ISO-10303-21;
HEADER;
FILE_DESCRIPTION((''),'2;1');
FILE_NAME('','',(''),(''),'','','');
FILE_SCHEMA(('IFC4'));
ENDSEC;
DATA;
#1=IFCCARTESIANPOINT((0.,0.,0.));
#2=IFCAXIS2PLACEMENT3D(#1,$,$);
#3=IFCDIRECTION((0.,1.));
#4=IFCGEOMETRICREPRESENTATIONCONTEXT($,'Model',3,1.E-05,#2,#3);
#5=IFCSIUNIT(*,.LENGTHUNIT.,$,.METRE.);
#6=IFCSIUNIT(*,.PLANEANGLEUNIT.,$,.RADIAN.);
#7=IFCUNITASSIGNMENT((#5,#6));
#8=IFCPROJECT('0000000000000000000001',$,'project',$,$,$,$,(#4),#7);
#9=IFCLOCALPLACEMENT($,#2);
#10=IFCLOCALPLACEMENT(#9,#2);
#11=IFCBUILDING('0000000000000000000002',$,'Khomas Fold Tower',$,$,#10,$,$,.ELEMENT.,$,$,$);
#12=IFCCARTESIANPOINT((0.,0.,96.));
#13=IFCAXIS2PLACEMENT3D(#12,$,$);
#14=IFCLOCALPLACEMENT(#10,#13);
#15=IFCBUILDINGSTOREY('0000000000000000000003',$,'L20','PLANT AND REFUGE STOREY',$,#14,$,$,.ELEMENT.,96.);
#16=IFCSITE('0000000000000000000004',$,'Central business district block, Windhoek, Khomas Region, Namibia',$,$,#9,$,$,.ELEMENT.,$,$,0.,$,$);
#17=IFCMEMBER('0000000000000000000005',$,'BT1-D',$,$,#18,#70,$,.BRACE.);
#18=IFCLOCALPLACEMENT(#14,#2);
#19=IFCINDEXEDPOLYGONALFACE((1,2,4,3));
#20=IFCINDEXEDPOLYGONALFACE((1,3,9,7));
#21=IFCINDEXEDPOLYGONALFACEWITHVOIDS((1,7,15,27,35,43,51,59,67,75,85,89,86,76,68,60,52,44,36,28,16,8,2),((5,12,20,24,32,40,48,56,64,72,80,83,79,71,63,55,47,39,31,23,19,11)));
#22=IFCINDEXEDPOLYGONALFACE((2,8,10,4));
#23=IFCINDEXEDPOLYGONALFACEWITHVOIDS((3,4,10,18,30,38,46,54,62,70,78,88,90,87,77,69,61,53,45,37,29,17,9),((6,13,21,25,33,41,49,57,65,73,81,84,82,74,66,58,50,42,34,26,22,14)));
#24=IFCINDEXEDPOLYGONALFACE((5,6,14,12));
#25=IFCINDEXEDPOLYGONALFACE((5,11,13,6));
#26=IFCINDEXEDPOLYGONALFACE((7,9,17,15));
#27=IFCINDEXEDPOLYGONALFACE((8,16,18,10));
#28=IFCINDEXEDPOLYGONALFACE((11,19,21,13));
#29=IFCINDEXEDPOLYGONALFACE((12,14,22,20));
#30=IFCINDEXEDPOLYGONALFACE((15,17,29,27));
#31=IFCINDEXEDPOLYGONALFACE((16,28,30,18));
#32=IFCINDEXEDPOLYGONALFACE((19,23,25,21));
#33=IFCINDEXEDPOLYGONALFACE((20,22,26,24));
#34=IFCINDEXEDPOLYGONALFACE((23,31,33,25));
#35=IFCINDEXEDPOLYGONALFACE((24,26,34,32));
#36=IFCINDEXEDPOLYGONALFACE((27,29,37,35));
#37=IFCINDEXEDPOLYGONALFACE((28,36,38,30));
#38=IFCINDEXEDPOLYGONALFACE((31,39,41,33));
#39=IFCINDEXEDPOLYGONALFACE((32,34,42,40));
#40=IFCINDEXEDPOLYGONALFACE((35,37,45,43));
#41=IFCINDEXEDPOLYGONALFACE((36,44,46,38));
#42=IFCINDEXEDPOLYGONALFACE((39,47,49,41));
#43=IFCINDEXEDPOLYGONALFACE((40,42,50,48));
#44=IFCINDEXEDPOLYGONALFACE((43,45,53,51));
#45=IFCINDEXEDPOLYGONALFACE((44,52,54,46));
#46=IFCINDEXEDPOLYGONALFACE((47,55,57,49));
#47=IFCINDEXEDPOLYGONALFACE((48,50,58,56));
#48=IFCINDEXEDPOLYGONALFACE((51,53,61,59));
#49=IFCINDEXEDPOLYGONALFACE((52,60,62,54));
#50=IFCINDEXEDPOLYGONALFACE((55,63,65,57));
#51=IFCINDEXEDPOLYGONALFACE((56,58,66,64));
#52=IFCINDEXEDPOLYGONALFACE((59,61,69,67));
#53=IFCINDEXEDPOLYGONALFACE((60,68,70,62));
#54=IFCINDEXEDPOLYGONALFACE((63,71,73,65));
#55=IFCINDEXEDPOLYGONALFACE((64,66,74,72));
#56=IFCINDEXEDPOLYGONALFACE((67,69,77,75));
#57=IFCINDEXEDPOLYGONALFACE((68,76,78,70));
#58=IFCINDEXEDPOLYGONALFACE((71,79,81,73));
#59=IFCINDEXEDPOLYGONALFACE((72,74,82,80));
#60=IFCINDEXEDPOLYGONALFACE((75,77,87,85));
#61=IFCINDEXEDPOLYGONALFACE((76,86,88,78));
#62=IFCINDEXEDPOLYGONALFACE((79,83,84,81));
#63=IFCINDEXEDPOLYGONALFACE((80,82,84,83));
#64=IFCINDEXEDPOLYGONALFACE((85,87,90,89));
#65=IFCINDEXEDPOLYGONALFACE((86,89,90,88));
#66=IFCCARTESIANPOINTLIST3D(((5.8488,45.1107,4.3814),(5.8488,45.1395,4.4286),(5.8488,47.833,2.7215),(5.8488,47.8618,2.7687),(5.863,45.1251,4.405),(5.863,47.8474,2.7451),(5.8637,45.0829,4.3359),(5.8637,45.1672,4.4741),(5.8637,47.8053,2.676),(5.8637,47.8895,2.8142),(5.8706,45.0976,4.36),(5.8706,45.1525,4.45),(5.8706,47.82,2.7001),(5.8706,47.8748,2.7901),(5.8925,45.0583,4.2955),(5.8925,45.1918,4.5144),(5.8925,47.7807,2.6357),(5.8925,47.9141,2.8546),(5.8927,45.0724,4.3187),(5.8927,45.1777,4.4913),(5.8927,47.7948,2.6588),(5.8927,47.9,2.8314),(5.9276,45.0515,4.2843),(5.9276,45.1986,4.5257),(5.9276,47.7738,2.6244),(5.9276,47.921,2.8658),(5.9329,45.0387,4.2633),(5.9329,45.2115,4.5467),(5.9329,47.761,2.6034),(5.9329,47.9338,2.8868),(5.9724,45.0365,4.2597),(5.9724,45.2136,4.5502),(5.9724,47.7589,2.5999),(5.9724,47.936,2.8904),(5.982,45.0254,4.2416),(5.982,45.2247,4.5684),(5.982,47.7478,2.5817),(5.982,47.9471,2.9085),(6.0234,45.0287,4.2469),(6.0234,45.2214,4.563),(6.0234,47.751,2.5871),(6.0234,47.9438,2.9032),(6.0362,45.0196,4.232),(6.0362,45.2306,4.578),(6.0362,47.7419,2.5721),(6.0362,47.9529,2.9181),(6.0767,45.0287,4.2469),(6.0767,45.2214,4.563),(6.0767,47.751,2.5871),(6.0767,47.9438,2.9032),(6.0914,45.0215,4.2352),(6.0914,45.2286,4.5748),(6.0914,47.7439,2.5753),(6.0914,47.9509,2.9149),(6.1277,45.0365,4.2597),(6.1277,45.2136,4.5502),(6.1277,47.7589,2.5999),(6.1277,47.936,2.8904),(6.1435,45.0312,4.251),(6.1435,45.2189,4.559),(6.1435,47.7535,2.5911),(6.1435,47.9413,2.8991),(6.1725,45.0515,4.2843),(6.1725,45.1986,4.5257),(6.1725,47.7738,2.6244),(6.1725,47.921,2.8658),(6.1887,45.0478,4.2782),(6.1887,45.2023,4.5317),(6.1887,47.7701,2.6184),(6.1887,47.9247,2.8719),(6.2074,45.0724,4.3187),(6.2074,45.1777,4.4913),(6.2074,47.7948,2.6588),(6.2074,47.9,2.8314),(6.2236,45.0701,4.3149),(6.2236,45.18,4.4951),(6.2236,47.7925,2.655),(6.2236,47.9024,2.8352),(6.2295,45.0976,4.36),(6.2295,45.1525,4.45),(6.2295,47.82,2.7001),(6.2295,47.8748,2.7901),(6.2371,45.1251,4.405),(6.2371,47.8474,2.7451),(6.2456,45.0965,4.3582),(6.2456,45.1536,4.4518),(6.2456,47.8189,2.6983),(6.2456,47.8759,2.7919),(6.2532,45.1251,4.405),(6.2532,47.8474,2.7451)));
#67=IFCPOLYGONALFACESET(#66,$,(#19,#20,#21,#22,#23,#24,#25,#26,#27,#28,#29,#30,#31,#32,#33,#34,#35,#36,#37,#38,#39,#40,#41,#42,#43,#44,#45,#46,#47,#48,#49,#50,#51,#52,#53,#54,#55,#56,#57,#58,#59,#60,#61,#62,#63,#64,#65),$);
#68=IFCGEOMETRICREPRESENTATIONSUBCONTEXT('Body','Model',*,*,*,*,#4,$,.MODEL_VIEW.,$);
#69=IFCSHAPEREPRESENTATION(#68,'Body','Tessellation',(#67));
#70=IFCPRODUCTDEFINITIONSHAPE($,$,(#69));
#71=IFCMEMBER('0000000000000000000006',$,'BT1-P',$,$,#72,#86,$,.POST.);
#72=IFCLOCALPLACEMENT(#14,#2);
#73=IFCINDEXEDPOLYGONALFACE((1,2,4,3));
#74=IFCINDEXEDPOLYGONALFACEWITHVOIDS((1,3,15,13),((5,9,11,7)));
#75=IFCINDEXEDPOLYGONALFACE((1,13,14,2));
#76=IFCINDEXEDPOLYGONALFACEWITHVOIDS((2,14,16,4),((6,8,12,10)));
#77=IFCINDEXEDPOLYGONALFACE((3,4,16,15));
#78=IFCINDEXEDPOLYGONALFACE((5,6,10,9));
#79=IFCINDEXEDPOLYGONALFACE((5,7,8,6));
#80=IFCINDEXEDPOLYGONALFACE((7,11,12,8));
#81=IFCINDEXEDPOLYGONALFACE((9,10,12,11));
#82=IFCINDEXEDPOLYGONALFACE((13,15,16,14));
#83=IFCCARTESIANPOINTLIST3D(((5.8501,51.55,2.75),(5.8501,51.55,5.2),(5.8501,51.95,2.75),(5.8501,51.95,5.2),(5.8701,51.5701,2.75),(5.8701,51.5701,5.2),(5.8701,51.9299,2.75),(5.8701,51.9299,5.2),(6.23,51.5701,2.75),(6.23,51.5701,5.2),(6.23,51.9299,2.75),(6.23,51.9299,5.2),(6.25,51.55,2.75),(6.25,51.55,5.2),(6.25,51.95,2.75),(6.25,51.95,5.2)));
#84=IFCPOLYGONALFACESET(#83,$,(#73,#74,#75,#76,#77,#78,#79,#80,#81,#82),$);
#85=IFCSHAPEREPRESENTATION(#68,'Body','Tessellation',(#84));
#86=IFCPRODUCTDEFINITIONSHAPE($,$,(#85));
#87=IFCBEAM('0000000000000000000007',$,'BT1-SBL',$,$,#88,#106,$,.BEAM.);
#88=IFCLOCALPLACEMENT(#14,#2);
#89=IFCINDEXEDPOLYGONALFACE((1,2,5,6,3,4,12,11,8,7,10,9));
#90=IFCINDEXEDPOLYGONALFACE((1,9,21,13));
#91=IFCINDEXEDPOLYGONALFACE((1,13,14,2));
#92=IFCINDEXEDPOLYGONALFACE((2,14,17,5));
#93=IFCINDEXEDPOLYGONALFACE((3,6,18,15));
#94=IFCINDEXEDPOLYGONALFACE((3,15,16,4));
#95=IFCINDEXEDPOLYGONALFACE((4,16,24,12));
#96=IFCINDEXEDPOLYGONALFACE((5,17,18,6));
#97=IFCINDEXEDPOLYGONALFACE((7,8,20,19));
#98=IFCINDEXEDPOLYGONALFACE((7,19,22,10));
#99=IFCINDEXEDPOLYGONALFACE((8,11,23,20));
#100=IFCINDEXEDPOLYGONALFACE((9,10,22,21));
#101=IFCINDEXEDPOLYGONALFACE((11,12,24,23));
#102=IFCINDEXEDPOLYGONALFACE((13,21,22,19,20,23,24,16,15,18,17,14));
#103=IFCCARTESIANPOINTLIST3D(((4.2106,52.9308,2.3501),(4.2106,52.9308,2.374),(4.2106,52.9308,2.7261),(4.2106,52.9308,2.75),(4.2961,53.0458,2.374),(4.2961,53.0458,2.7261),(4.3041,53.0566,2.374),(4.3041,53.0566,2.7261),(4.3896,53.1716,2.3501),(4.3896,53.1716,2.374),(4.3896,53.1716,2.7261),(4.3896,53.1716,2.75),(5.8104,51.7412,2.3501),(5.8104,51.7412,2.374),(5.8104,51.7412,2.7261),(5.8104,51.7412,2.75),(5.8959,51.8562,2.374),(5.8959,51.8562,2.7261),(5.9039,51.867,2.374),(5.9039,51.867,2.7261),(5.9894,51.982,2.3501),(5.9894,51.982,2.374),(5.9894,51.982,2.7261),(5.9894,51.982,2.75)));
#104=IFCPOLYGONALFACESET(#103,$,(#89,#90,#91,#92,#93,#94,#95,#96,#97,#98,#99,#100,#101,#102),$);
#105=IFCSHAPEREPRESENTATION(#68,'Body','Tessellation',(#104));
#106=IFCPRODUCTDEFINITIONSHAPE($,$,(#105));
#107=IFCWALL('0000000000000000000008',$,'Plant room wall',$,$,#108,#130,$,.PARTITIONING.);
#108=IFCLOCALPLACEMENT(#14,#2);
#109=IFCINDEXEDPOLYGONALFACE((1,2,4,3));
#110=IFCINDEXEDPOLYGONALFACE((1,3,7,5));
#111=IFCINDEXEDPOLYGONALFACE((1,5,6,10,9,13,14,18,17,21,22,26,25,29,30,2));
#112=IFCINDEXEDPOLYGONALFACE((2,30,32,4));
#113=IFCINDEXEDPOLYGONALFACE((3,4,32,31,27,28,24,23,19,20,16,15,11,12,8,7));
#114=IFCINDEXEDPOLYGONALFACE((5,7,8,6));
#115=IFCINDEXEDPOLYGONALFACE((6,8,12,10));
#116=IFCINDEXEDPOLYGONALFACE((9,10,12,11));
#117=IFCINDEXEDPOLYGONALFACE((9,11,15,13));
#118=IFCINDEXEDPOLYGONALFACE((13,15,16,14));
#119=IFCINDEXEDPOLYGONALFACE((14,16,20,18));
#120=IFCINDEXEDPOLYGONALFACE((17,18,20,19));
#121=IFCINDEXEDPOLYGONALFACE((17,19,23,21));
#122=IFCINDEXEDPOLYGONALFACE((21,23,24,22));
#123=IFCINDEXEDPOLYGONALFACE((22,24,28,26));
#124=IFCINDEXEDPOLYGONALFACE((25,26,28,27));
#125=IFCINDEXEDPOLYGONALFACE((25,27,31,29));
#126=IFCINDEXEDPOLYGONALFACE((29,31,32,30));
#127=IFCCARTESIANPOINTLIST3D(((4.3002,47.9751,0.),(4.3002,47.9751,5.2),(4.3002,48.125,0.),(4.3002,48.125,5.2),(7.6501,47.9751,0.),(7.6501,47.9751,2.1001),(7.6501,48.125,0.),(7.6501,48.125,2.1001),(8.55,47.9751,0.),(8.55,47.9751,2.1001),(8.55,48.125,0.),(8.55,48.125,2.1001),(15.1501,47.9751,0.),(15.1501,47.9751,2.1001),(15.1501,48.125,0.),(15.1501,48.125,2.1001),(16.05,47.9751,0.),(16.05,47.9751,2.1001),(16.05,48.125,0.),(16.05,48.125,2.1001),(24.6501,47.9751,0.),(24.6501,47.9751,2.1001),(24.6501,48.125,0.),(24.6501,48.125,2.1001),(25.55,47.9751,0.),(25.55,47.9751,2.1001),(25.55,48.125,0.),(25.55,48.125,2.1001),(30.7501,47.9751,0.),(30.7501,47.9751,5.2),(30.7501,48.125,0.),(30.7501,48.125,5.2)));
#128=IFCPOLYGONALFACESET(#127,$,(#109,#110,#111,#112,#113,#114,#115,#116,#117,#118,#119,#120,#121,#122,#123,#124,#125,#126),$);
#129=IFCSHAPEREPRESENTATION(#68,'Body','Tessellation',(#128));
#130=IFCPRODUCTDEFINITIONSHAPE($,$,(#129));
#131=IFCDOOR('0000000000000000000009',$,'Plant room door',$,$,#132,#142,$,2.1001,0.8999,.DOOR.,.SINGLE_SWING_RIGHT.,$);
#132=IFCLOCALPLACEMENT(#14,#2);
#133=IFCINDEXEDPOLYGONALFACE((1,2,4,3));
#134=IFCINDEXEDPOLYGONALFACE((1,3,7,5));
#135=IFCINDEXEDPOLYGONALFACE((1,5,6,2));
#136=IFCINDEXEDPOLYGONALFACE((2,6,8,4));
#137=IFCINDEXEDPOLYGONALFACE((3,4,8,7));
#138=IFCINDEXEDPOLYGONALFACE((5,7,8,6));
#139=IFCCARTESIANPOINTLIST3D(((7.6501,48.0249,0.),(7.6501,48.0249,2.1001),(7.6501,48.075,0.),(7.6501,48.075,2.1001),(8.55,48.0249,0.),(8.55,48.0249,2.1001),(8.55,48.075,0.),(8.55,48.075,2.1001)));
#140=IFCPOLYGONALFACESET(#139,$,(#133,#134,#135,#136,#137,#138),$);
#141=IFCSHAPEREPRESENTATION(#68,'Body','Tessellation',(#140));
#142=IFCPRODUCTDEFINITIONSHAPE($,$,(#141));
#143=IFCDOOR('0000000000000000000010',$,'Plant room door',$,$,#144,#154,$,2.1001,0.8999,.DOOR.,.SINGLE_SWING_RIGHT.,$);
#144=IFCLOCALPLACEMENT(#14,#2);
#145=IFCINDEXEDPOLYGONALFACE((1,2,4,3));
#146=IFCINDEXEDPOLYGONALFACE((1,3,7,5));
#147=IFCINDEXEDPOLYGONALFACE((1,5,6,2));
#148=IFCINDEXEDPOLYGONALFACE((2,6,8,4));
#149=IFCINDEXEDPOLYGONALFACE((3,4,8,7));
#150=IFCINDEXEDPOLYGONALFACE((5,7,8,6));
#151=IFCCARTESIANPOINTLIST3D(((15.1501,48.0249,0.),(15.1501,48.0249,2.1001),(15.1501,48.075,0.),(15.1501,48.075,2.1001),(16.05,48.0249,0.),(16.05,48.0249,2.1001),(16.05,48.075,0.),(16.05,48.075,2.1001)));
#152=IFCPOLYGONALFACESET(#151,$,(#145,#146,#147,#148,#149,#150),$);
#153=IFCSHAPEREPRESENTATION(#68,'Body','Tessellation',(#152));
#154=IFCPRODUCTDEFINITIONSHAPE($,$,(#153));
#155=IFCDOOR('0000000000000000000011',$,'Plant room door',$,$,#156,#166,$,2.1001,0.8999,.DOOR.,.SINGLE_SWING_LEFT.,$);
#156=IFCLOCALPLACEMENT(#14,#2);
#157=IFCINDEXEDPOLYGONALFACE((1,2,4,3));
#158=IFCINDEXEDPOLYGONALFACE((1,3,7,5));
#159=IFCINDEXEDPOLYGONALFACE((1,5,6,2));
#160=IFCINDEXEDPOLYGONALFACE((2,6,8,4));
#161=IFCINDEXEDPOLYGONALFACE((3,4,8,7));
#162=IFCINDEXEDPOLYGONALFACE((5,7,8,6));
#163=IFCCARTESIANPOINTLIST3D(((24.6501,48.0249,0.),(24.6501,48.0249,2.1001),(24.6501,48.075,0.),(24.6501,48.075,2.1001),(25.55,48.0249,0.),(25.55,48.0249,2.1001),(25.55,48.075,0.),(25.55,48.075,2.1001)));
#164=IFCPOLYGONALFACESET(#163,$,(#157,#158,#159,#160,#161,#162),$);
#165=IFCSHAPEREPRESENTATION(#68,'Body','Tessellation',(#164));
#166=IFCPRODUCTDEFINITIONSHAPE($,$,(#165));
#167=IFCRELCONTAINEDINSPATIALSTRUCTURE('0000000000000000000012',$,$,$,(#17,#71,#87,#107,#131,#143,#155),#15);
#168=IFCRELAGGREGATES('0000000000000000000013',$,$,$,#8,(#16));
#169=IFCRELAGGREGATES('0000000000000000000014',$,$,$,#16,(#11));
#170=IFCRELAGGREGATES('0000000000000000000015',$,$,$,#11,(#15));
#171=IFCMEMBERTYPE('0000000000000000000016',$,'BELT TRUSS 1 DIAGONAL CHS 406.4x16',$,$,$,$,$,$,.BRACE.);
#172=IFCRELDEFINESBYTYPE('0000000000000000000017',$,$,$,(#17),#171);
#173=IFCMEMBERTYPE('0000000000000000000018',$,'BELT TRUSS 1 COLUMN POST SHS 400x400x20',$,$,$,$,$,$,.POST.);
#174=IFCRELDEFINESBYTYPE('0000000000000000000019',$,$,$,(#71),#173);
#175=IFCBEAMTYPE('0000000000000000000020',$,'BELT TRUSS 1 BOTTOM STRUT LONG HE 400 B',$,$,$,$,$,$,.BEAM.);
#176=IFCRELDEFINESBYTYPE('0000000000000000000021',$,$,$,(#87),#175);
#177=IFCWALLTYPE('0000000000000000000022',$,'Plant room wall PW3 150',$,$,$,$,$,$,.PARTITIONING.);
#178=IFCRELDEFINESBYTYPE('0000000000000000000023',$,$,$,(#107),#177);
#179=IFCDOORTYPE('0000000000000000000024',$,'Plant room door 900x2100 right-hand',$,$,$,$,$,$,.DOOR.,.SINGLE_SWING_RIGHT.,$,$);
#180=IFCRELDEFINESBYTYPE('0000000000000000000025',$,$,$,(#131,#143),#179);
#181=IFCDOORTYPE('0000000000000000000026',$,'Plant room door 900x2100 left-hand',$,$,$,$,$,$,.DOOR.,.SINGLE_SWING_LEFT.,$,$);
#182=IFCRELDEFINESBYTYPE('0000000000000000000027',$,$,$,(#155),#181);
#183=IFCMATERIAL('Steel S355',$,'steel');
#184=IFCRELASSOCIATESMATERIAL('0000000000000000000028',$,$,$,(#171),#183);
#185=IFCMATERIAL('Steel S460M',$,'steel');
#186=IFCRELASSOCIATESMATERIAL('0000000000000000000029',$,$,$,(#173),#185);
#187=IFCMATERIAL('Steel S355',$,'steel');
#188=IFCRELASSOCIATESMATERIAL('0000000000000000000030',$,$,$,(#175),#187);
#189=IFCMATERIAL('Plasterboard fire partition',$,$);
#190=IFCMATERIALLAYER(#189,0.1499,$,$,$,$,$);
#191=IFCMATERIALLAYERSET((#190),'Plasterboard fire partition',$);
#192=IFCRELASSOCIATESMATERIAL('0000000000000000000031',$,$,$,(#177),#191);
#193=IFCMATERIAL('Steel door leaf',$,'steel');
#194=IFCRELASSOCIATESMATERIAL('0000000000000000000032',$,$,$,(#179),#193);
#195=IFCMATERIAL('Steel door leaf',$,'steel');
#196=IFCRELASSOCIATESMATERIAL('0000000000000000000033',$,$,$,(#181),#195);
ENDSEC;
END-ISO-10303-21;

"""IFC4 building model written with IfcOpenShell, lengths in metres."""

from ifc_helpers import new_model, si_unit, direction, frame, frame_2d, origin, origin_2d, place, context, subcontext, project, spatial, rectangle, hollow_rectangle, hollow_circle, i_section, extrude, source, transform, mapped, material, layer, layer_set, material_profile, profile_set, type_object, element, fill, save


model = new_model("IFC4")

# Units and contexts
model_context = context("Model", 3, precision=1e-05, world=origin(), true_north=direction((0.0, 1.0)))
body_context = subcontext(model_context, "Body", "Model", "MODEL_VIEW")
ifc_project = project(units=[si_unit("LENGTHUNIT", "METRE"), si_unit("PLANEANGLEUNIT", "RADIAN")], contexts=[model_context])

# Site, building, storey
site_placement = place(None, origin())
site = spatial("IfcSite", under=ifc_project, at=site_placement, Name="Central business district block, Windhoek, Khomas Region, Namibia", CompositionType="ELEMENT", RefElevation=0.0)
building_placement = place(site_placement, origin())
building = spatial("IfcBuilding", under=site, at=building_placement, Name="Khomas Fold Tower", CompositionType="ELEMENT")
storey_placement = place(building_placement, frame((0.0, 0.0, 96.0)))
storey = spatial("IfcBuildingStorey", under=building, at=storey_placement, Name="L20", Description="PLANT AND REFUGE STOREY", CompositionType="ELEMENT", Elevation=96.0)

# Members
ifc_material_1 = material(Name="Steel S355", Category="steel")
ifc_material_profile_1 = material_profile(ifc_material_1, hollow_circle(Radius=0.2031, WallThickness=0.0161, at=origin_2d()), Name="CHS 406.4x16")
ifc_profile_set_1 = profile_set([ifc_material_profile_1], Name="Steel S355")
member_type_1 = type_object("IfcMemberType", Name="BELT TRUSS 1 DIAGONAL CHS 406.4x16", PredefinedType="BRACE", material=ifc_profile_set_1)
shared_shape_1 = source(origin(), body_context, "Body", "SweptSolid", [
    extrude(hollow_circle(Radius=0.2031, WallThickness=0.0161, at=origin_2d()), origin(), (0.0, 0.0, 1.0), 3.1885),
])
member_1_placement = place(storey_placement, frame((6.05, 47.8474, 2.7451), z_axis=(0.0, -0.853809, 0.520586), x_axis=(1.0, 0.0, 0.0)))
element("IfcMember", 1, at=member_1_placement, inside=storey, type_object=member_type_1, Name="BT1-D", PredefinedType="BRACE", context=body_context, shape_type="MappedRepresentation", body=[
    mapped(shared_shape_1, transform((0.0, 0.0, 0.0))),
])
ifc_material_2 = material(Name="Steel S460M", Category="steel")
ifc_material_profile_2 = material_profile(ifc_material_2, hollow_rectangle(XDim=0.3999, YDim=0.3999, WallThickness=0.02, at=origin_2d()), Name="SHS 400x400x20")
ifc_profile_set_2 = profile_set([ifc_material_profile_2], Name="Steel S460M")
member_type_2 = type_object("IfcMemberType", Name="BELT TRUSS 1 COLUMN POST SHS 400x400x20", PredefinedType="POST", material=ifc_profile_set_2)
shared_shape_2 = source(origin(), body_context, "Body", "SweptSolid", [
    extrude(hollow_rectangle(XDim=0.3999, YDim=0.3999, WallThickness=0.02, at=origin_2d()), origin(), (0.0, 0.0, 1.0), 2.45),
])
member_2_placement = place(storey_placement, frame((6.05, 51.75, 2.75), z_axis=(0.0, 0.0, 1.0), x_axis=(1.0, 0.0, 0.0)))
element("IfcMember", 2, at=member_2_placement, inside=storey, type_object=member_type_2, Name="BT1-P", PredefinedType="POST", context=body_context, shape_type="MappedRepresentation", body=[
    mapped(shared_shape_2, transform((0.0, 0.0, 0.0))),
])

# Beam
ifc_material_3 = material(Name="Steel S355", Category="steel")
ifc_material_profile_3 = material_profile(ifc_material_3, i_section(OverallWidth=0.3, OverallDepth=0.3999, WebThickness=0.0134, FlangeThickness=0.0239, at=origin_2d()), Name="HE 400 B")
ifc_profile_set_3 = profile_set([ifc_material_profile_3], Name="Steel S355")
beam_type_1 = type_object("IfcBeamType", Name="BELT TRUSS 1 BOTTOM STRUT LONG HE 400 B", PredefinedType="BEAM", material=ifc_profile_set_3)
shared_shape_3 = source(origin(), body_context, "Body", "SweptSolid", [
    extrude(i_section(OverallWidth=0.3, OverallDepth=0.3999, WebThickness=0.0134, FlangeThickness=0.0239, at=origin_2d()), origin(), (0.0, 0.0, 1.0), 1.9937),
])
beam_1_placement = place(storey_placement, frame((5.8999, 51.8616, 2.55), z_axis=(-0.802447, 0.596723, 0.0), x_axis=(-0.596723, -0.802447, 0.0)))
element("IfcBeam", 3, at=beam_1_placement, inside=storey, type_object=beam_type_1, Name="BT1-SBL", PredefinedType="BEAM", context=body_context, shape_type="MappedRepresentation", body=[
    mapped(shared_shape_3, transform((0.0, 0.0, 0.0))),
])

# Wall, openings, doors
ifc_material_4 = material(Name="Plasterboard fire partition")
ifc_layer_1 = layer(ifc_material_4, 0.1499)
ifc_layer_set_1 = layer_set([ifc_layer_1], Name="Plasterboard fire partition")
wall_type = type_object("IfcWallType", Name="Plant room wall PW3 150", PredefinedType="PARTITIONING", material=ifc_layer_set_1)
shared_shape_4 = source(origin(), body_context, "Body", "SweptSolid", [
    extrude(rectangle(XDim=26.45, YDim=0.1499, at=frame_2d((13.2251, 0.0))), origin(), (0.0, 0.0, 1.0), 5.2),
])
wall_placement = place(storey_placement, frame((4.3, 48.05, 0.0), z_axis=(0.0, 0.0, 1.0), x_axis=(1.0, 0.0, 0.0)))
wall = element("IfcWall", 4, at=wall_placement, inside=storey, type_object=wall_type, Name="Plant room wall", PredefinedType="PARTITIONING", context=body_context, shape_type="MappedRepresentation", body=[
    mapped(shared_shape_4, transform((0.0, 0.0, 0.0))),
])
shared_shape_5 = source(origin(), body_context, "Body", "SweptSolid", [
    extrude(rectangle(XDim=0.8999, YDim=2.1001, at=frame_2d((0.45, 1.05))), frame((0.0, 0.085, 0.0), z_axis=(0.0, -1.0, 0.0), x_axis=(1.0, 0.0, 0.0)), (0.0, 0.0, 1.0), 0.1699),
])
opening_1_placement = place(wall_placement, frame((3.3501, 0.0, 0.0)))
opening_1 = element("IfcOpeningElement", 5, at=opening_1_placement, cuts=wall, PredefinedType="OPENING", context=body_context, shape_type="MappedRepresentation", body=[
    mapped(shared_shape_5, transform((0.0, 0.0, 0.0))),
])
opening_2_placement = place(wall_placement, frame((10.8501, 0.0, 0.0)))
opening_2 = element("IfcOpeningElement", 6, at=opening_2_placement, cuts=wall, PredefinedType="OPENING", context=body_context, shape_type="MappedRepresentation", body=[
    mapped(shared_shape_5, transform((0.0, 0.0, 0.0))),
])
opening_3_placement = place(wall_placement, frame((20.3501, 0.0, 0.0)))
opening_3 = element("IfcOpeningElement", 7, at=opening_3_placement, cuts=wall, PredefinedType="OPENING", context=body_context, shape_type="MappedRepresentation", body=[
    mapped(shared_shape_5, transform((0.0, 0.0, 0.0))),
])
ifc_material_5 = material(Name="Steel door leaf", Category="steel")
door_type_1 = type_object("IfcDoorType", Name="Plant room door 900x2100 right-hand", OperationType="SINGLE_SWING_RIGHT", PredefinedType="DOOR", material=ifc_material_5)
shared_shape_6 = source(origin(), body_context, "Body", "SweptSolid", [
    extrude(rectangle(XDim=0.8999, YDim=2.1001, at=frame_2d((0.45, 1.05))), frame((0.0, 0.0249, 0.0), z_axis=(0.0, -1.0, 0.0), x_axis=(1.0, 0.0, 0.0)), (0.0, 0.0, 1.0), 0.05),
])
door_1_placement = place(opening_1_placement, origin())
door_1 = element("IfcDoor", 8, at=door_1_placement, inside=storey, type_object=door_type_1, Name="Plant room door", OperationType="SINGLE_SWING_RIGHT", OverallHeight=2.1001, OverallWidth=0.8999, PredefinedType="DOOR", context=body_context, shape_type="MappedRepresentation", body=[
    mapped(shared_shape_6, transform((0.0, 0.0, 0.0))),
])
fill(opening_1, door_1)
door_2_placement = place(opening_2_placement, origin())
door_2 = element("IfcDoor", 9, at=door_2_placement, inside=storey, type_object=door_type_1, Name="Plant room door", OperationType="SINGLE_SWING_RIGHT", OverallHeight=2.1001, OverallWidth=0.8999, PredefinedType="DOOR", context=body_context, shape_type="MappedRepresentation", body=[
    mapped(shared_shape_6, transform((0.0, 0.0, 0.0))),
])
fill(opening_2, door_2)
ifc_material_6 = material(Name="Steel door leaf", Category="steel")
door_type_2 = type_object("IfcDoorType", Name="Plant room door 900x2100 left-hand", OperationType="SINGLE_SWING_LEFT", PredefinedType="DOOR", material=ifc_material_6)
door_3_placement = place(opening_3_placement, origin())
door_3 = element("IfcDoor", 10, at=door_3_placement, inside=storey, type_object=door_type_2, Name="Plant room door", OperationType="SINGLE_SWING_LEFT", OverallHeight=2.1001, OverallWidth=0.8999, PredefinedType="DOOR", context=body_context, shape_type="MappedRepresentation", body=[
    mapped(shared_shape_6, transform((0.0, 0.0, 0.0))),
])
fill(opening_3, door_3)

save(model, "model.ifc")
